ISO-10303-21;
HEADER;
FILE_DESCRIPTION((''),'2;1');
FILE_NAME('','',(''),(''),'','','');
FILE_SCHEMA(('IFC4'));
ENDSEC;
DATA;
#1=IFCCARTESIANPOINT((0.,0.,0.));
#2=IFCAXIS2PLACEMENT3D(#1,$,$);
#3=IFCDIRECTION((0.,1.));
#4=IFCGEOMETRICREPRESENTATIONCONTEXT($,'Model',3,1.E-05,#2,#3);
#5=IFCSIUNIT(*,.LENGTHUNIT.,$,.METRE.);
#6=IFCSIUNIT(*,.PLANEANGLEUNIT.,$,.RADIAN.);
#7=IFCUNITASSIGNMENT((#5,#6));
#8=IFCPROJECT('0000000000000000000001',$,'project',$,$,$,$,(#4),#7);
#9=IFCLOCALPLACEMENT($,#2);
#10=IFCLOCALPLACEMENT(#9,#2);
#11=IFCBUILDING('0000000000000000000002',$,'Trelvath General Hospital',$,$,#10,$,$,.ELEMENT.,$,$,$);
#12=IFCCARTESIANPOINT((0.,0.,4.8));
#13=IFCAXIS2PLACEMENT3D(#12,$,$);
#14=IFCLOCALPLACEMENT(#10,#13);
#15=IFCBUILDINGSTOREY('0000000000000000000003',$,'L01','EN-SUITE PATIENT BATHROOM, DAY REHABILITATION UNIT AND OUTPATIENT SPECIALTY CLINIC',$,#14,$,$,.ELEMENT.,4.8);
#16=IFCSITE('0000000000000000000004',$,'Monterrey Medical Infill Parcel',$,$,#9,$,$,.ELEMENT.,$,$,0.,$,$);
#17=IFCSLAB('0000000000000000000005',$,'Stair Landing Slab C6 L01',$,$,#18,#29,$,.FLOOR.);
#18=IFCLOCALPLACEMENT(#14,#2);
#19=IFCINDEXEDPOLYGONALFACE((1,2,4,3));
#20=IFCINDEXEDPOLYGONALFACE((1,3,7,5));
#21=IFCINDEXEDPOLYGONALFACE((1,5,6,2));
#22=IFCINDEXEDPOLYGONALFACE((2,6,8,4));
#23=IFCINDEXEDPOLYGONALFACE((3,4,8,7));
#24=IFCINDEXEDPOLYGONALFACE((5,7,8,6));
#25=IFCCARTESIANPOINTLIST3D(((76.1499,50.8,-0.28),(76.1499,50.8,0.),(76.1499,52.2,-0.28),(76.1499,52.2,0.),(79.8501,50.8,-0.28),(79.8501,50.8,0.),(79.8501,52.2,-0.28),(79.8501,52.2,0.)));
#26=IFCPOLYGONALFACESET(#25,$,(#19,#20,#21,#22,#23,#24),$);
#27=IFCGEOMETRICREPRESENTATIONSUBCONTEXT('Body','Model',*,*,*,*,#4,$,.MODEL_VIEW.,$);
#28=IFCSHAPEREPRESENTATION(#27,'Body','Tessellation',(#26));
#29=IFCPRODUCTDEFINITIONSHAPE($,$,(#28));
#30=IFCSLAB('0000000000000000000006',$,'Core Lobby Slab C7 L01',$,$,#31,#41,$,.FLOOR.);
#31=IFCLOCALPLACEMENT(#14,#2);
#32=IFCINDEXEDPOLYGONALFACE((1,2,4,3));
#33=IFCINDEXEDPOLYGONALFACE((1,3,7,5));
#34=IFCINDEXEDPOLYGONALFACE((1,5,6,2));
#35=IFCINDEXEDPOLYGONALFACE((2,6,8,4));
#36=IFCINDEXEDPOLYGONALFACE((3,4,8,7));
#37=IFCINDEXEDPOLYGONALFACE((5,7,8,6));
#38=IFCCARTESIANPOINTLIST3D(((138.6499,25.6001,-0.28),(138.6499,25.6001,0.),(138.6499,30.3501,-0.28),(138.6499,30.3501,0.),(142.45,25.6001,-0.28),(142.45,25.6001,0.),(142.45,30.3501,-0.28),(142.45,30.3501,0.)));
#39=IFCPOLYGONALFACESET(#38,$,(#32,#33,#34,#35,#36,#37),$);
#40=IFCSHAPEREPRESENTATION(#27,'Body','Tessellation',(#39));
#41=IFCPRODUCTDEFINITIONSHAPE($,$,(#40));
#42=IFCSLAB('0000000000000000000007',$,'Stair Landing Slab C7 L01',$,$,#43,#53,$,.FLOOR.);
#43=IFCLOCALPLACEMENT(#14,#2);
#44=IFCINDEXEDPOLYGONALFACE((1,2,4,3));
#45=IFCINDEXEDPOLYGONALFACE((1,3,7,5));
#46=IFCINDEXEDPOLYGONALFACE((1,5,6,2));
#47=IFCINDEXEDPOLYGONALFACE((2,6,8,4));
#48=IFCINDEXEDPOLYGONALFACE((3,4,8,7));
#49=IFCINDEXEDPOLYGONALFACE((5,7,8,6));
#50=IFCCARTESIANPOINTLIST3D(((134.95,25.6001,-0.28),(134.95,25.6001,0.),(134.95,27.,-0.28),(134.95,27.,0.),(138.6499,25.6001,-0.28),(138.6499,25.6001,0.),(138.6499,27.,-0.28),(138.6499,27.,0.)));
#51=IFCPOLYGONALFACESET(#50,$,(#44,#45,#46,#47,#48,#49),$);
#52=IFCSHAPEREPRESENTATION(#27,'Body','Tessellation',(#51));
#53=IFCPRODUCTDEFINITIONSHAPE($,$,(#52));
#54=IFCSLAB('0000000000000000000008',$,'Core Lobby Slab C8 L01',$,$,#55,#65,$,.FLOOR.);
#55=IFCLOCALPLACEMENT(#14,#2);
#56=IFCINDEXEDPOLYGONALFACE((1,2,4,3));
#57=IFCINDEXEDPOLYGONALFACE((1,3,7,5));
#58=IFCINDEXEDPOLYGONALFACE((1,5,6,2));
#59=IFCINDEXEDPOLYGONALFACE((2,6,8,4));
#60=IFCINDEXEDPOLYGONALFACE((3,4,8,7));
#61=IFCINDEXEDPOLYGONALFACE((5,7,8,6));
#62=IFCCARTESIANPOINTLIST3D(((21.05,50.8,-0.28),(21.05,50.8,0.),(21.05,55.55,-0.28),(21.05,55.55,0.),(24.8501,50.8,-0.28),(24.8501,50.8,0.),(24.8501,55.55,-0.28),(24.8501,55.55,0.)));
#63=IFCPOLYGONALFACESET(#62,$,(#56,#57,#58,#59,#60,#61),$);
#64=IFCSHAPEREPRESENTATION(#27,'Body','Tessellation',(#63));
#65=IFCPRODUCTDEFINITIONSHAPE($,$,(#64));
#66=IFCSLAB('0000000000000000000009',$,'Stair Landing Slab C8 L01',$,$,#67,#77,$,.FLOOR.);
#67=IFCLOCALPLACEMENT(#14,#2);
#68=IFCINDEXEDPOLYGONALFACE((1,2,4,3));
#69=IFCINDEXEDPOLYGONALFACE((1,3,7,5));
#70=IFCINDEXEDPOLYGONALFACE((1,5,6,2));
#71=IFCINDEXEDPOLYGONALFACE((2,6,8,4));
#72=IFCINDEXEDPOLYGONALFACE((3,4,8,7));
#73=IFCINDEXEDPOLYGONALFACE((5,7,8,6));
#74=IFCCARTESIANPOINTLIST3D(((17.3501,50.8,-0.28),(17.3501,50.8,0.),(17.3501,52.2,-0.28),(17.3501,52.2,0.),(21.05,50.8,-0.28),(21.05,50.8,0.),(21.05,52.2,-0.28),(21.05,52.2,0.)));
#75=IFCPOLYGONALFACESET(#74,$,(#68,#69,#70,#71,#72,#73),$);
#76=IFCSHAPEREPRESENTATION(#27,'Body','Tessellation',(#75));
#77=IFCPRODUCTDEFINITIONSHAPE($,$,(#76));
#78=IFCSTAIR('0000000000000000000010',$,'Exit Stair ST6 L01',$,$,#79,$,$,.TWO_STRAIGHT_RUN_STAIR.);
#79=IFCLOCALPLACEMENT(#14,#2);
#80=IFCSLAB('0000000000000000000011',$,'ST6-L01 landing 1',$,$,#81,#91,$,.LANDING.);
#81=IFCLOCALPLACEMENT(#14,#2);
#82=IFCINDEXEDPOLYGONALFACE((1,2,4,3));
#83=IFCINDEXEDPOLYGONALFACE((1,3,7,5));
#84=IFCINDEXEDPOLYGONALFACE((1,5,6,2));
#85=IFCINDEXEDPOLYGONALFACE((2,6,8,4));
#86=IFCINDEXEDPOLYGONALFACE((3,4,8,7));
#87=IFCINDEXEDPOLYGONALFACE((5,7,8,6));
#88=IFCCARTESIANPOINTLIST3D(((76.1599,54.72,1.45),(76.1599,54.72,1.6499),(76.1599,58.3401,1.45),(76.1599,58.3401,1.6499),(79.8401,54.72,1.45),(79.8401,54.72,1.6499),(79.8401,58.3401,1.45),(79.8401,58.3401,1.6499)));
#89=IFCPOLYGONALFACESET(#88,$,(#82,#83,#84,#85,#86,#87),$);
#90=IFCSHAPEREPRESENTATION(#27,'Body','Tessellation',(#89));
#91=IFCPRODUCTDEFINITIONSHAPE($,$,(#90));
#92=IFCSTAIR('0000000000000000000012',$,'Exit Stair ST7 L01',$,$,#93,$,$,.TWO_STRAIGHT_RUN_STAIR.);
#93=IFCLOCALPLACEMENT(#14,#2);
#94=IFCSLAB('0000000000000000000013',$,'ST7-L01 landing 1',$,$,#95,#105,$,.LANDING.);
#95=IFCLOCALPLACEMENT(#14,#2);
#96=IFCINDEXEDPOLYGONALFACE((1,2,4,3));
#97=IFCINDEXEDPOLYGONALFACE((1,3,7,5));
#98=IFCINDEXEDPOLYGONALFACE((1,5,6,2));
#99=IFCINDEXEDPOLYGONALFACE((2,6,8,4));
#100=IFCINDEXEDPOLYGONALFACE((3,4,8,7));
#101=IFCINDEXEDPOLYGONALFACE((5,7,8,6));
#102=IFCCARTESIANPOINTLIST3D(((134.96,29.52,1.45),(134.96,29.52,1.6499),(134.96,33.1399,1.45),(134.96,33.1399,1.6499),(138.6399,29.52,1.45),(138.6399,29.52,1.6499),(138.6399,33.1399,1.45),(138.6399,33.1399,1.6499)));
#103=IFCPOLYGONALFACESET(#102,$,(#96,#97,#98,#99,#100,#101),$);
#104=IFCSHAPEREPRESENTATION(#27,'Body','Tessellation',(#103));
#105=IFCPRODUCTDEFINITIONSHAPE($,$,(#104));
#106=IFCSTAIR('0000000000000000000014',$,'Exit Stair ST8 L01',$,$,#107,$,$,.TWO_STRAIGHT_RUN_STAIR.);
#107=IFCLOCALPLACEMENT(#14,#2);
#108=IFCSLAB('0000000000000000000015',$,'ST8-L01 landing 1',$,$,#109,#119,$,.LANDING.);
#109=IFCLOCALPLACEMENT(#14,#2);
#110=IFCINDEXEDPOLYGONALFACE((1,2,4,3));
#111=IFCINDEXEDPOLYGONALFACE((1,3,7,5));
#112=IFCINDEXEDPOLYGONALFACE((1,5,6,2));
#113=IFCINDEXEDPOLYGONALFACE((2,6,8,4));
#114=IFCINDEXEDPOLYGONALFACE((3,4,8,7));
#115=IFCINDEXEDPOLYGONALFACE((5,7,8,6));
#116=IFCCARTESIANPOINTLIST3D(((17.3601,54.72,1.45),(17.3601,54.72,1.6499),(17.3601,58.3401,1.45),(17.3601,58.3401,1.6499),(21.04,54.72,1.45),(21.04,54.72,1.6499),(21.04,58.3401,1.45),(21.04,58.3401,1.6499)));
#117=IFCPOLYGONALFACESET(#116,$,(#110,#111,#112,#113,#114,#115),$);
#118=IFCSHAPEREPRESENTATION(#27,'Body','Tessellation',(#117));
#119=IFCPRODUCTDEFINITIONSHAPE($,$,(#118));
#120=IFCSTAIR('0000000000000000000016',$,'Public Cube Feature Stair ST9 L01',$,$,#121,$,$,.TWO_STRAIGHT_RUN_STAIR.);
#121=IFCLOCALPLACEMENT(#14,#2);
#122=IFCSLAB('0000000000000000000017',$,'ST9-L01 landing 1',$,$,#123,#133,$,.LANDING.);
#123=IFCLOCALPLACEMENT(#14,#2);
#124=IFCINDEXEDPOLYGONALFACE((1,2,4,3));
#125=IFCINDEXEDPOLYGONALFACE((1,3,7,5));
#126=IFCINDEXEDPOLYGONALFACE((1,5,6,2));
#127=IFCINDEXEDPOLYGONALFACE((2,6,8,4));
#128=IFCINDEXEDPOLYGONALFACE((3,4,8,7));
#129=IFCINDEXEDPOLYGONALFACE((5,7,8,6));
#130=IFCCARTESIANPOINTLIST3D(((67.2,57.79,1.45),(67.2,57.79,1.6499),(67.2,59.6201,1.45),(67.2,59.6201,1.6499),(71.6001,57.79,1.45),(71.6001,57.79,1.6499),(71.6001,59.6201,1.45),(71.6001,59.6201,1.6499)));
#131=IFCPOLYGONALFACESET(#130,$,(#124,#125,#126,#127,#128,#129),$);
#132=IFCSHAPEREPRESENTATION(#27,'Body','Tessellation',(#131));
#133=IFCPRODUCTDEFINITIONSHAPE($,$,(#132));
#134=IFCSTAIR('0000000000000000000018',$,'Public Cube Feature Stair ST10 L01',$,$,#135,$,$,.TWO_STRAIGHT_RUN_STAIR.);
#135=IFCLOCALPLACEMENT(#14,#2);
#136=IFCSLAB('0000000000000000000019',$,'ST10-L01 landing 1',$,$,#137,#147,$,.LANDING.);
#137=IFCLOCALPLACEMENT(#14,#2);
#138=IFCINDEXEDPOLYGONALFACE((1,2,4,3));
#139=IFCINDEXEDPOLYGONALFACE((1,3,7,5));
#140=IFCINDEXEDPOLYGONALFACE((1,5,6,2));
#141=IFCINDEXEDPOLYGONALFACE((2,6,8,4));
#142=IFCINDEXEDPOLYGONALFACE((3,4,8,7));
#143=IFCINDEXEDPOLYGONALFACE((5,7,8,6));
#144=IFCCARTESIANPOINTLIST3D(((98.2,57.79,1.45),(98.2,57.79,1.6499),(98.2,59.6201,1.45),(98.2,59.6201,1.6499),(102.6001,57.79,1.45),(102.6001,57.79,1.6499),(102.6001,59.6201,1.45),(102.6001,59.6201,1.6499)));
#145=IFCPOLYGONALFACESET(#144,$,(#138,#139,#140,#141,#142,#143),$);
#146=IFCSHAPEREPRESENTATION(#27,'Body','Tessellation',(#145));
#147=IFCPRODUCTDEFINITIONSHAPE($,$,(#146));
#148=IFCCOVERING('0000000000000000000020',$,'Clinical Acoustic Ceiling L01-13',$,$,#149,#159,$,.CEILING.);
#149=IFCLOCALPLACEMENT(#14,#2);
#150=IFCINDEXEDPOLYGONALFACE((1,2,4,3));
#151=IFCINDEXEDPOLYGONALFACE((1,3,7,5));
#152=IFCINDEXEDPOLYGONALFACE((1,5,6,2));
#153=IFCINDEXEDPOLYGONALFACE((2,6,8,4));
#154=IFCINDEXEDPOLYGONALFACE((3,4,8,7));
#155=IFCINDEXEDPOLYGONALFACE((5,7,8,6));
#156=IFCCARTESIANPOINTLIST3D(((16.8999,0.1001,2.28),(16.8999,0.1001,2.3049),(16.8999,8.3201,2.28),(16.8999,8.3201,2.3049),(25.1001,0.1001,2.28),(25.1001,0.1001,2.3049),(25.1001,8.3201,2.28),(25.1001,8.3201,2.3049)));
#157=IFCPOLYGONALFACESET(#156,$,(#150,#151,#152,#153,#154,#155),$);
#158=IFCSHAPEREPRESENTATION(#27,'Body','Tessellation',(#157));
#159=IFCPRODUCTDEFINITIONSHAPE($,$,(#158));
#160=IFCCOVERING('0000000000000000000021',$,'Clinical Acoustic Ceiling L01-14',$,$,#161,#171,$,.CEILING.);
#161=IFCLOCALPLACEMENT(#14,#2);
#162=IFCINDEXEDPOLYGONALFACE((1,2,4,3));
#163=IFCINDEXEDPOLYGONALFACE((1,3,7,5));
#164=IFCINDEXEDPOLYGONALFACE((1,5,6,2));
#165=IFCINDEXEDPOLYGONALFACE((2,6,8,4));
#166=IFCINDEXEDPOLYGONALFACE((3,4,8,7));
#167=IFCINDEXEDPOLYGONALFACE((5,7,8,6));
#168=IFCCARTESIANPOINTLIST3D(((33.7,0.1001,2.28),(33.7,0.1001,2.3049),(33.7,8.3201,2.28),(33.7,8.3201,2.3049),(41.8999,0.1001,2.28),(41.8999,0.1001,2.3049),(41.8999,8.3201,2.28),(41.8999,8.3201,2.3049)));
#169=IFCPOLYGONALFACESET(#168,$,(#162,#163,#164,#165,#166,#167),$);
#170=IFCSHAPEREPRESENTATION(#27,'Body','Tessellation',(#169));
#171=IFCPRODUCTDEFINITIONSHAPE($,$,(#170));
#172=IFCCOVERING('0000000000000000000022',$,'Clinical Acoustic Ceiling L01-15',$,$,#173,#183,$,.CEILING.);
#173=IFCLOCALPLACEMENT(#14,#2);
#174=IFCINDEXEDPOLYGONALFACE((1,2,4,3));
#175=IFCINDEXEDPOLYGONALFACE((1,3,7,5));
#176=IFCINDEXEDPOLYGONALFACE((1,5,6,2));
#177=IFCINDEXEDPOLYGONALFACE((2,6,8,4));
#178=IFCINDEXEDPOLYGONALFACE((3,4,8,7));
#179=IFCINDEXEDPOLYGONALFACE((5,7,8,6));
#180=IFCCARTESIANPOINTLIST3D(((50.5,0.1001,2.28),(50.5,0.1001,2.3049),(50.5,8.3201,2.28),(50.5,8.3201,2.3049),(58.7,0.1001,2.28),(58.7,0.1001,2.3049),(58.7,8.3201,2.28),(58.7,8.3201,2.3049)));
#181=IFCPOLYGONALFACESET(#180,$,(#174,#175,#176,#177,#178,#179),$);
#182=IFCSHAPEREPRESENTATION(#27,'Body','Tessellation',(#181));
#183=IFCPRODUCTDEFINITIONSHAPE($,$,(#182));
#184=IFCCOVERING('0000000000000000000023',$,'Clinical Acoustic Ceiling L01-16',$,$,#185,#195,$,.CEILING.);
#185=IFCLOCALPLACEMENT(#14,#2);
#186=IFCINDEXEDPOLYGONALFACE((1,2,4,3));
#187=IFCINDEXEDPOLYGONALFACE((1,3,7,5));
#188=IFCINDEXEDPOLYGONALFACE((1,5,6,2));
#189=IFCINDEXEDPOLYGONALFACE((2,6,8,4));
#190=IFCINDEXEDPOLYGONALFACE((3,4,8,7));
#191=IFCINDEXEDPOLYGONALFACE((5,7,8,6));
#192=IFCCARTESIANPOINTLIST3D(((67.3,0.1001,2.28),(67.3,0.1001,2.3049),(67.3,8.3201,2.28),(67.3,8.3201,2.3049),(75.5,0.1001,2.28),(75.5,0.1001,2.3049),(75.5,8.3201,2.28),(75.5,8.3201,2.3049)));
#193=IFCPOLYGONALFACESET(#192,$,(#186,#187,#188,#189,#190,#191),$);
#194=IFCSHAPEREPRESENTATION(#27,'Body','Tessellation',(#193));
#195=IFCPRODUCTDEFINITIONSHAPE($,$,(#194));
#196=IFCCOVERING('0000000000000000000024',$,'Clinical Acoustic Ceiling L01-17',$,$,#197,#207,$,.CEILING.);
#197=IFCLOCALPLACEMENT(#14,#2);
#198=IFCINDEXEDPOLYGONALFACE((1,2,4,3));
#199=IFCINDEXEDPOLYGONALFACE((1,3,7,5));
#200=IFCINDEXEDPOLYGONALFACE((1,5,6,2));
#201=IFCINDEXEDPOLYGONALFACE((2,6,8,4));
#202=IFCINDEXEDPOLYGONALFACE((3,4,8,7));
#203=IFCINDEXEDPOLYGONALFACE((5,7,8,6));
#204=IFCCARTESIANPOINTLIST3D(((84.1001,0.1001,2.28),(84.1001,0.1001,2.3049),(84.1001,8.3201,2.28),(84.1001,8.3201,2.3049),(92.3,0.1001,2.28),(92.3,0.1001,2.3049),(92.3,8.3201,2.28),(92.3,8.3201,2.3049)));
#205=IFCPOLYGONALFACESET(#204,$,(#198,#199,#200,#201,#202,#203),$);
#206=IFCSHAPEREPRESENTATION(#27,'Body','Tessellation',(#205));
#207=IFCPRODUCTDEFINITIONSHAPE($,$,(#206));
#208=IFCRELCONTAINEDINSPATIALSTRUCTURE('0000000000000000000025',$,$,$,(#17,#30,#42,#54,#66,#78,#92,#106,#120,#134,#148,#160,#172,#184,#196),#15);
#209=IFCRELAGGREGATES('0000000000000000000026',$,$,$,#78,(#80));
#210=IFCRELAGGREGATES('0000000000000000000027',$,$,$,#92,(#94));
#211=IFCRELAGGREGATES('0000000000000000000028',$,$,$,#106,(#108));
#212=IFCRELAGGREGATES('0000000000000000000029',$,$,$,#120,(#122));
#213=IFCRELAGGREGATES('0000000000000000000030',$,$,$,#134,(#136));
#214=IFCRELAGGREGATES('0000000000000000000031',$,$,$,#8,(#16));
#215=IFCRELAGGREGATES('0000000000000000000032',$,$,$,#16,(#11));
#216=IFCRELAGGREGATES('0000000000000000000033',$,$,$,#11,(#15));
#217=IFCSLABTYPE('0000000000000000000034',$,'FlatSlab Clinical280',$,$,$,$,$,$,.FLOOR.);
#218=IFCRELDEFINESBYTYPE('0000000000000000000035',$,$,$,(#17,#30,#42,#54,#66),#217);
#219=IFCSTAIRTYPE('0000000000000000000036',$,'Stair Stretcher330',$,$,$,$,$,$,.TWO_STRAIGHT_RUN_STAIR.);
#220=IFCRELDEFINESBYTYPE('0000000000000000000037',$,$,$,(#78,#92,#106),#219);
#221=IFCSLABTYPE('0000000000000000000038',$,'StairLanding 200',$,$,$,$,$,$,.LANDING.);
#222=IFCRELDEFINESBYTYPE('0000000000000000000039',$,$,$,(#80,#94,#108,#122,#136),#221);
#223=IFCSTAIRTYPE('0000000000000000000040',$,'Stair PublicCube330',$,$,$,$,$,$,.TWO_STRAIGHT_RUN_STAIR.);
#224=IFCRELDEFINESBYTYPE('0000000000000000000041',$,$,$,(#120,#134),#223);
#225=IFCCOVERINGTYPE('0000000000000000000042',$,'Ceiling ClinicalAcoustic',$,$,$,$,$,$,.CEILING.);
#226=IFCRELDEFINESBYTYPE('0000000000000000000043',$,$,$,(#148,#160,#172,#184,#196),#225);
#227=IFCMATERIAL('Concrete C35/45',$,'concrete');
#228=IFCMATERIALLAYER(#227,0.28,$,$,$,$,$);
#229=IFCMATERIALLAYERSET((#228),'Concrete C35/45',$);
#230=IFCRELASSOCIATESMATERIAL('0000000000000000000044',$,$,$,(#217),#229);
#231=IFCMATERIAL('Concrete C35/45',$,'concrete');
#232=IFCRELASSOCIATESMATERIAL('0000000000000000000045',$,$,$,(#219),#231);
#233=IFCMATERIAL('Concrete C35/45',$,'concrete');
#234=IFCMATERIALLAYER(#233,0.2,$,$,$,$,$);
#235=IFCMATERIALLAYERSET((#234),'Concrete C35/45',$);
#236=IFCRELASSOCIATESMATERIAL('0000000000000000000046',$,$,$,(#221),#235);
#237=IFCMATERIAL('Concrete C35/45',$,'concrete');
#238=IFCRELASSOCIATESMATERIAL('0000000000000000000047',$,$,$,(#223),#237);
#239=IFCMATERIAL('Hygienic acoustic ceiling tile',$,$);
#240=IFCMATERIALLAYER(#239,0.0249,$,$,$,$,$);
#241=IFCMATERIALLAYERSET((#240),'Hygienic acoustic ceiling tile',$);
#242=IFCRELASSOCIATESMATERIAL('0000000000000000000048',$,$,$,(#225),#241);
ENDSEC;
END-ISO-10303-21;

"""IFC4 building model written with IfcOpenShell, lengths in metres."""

from ifc_helpers import new_model, si_unit, direction, frame, origin, place, context, subcontext, project, spatial, polyline, outline, extrude, material, layer, layer_set, type_object, element, aggregate, save


model = new_model("IFC4")

# Units and contexts
model_context = context("Model", 3, precision=1e-05, world=origin(), true_north=direction((0.0, 1.0)))
body_context = subcontext(model_context, "Body", "Model", "MODEL_VIEW")
ifc_project = project(units=[si_unit("LENGTHUNIT", "METRE"), si_unit("PLANEANGLEUNIT", "RADIAN")], contexts=[model_context])

# Site, building, storey
site_placement = place(None, origin())
site = spatial("IfcSite", under=ifc_project, at=site_placement, Name="Monterrey Medical Infill Parcel", CompositionType="ELEMENT", RefElevation=0.0)
building_placement = place(site_placement, origin())
building = spatial("IfcBuilding", under=site, at=building_placement, Name="Trelvath General Hospital", CompositionType="ELEMENT")
storey_placement = place(building_placement, frame((0.0, 0.0, 4.8)))
storey = spatial("IfcBuildingStorey", under=building, at=storey_placement, Name="L01", Description="EN-SUITE PATIENT BATHROOM, DAY REHABILITATION UNIT AND OUTPATIENT SPECIALTY CLINIC", CompositionType="ELEMENT", Elevation=4.8)

# Slabs
ifc_material_1 = material(Name="Concrete C35/45", Category="concrete")
ifc_layer_1 = layer(ifc_material_1, 0.28)
ifc_layer_set_1 = layer_set([ifc_layer_1], Name="Concrete C35/45")
slab_type_1 = type_object("IfcSlabType", Name="FlatSlab Clinical280", PredefinedType="FLOOR", material=ifc_layer_set_1)
slab_1_placement = place(storey_placement, frame((0.0, 0.0, -0.28)))
element("IfcSlab", 1, at=slab_1_placement, inside=storey, type_object=slab_type_1, Name="Stair Landing Slab C6 L01", PredefinedType="FLOOR", context=body_context, shape_type="SweptSolid", body=[
    extrude(outline(polyline([(76.1499, 50.8), (79.8501, 50.8), (79.8501, 52.2), (76.1499, 52.2), (76.1499, 50.8)])), origin(), (0.0, 0.0, 1.0), 0.28),
])
slab_2_placement = place(storey_placement, frame((0.0, 0.0, -0.28)))
element("IfcSlab", 2, at=slab_2_placement, inside=storey, type_object=slab_type_1, Name="Core Lobby Slab C7 L01", PredefinedType="FLOOR", context=body_context, shape_type="SweptSolid", body=[
    extrude(outline(polyline([(138.6499, 25.6001), (142.45, 25.6001), (142.45, 30.3501), (138.6499, 30.3501), (138.6499, 25.6001)])), origin(), (0.0, 0.0, 1.0), 0.28),
])
slab_3_placement = place(storey_placement, frame((0.0, 0.0, -0.28)))
element("IfcSlab", 3, at=slab_3_placement, inside=storey, type_object=slab_type_1, Name="Stair Landing Slab C7 L01", PredefinedType="FLOOR", context=body_context, shape_type="SweptSolid", body=[
    extrude(outline(polyline([(134.95, 25.6001), (138.6499, 25.6001), (138.6499, 27.0), (134.95, 27.0), (134.95, 25.6001)])), origin(), (0.0, 0.0, 1.0), 0.28),
])
slab_4_placement = place(storey_placement, frame((0.0, 0.0, -0.28)))
element("IfcSlab", 4, at=slab_4_placement, inside=storey, type_object=slab_type_1, Name="Core Lobby Slab C8 L01", PredefinedType="FLOOR", context=body_context, shape_type="SweptSolid", body=[
    extrude(outline(polyline([(21.05, 50.8), (24.8501, 50.8), (24.8501, 55.55), (21.05, 55.55), (21.05, 50.8)])), origin(), (0.0, 0.0, 1.0), 0.28),
])
slab_5_placement = place(storey_placement, frame((0.0, 0.0, -0.28)))
element("IfcSlab", 5, at=slab_5_placement, inside=storey, type_object=slab_type_1, Name="Stair Landing Slab C8 L01", PredefinedType="FLOOR", context=body_context, shape_type="SweptSolid", body=[
    extrude(outline(polyline([(17.3501, 50.8), (21.05, 50.8), (21.05, 52.2), (17.3501, 52.2), (17.3501, 50.8)])), origin(), (0.0, 0.0, 1.0), 0.28),
])

# Stairs, slabs
ifc_material_2 = material(Name="Concrete C35/45", Category="concrete")
stair_type_1 = type_object("IfcStairType", Name="Stair Stretcher330", PredefinedType="TWO_STRAIGHT_RUN_STAIR", material=ifc_material_2)
stair_1_placement = place(storey_placement, origin())
stair_1 = element("IfcStair", 6, at=stair_1_placement, inside=storey, type_object=stair_type_1, Name="Exit Stair ST6 L01", PredefinedType="TWO_STRAIGHT_RUN_STAIR")
ifc_material_3 = material(Name="Concrete C35/45", Category="concrete")
ifc_layer_2 = layer(ifc_material_3, 0.2)
ifc_layer_set_2 = layer_set([ifc_layer_2], Name="Concrete C35/45")
slab_type_2 = type_object("IfcSlabType", Name="StairLanding 200", PredefinedType="LANDING", material=ifc_layer_set_2)
slab_6_placement = place(storey_placement, frame((0.0, 0.0, 1.45)))
slab_6 = element("IfcSlab", 7, at=slab_6_placement, type_object=slab_type_2, Name="ST6-L01 landing 1", PredefinedType="LANDING", context=body_context, shape_type="SweptSolid", body=[
    extrude(outline(polyline([(76.1599, 54.72), (79.8401, 54.72), (79.8401, 58.3401), (76.1599, 58.3401), (76.1599, 54.72)])), origin(), (0.0, 0.0, 1.0), 0.2),
])
aggregate(stair_1, [slab_6])
stair_2_placement = place(storey_placement, origin())
stair_2 = element("IfcStair", 8, at=stair_2_placement, inside=storey, type_object=stair_type_1, Name="Exit Stair ST7 L01", PredefinedType="TWO_STRAIGHT_RUN_STAIR")
slab_7_placement = place(storey_placement, frame((0.0, 0.0, 1.45)))
slab_7 = element("IfcSlab", 9, at=slab_7_placement, type_object=slab_type_2, Name="ST7-L01 landing 1", PredefinedType="LANDING", context=body_context, shape_type="SweptSolid", body=[
    extrude(outline(polyline([(134.96, 29.52), (138.6399, 29.52), (138.6399, 33.1399), (134.96, 33.1399), (134.96, 29.52)])), origin(), (0.0, 0.0, 1.0), 0.2),
])
aggregate(stair_2, [slab_7])
stair_3_placement = place(storey_placement, origin())
stair_3 = element("IfcStair", 10, at=stair_3_placement, inside=storey, type_object=stair_type_1, Name="Exit Stair ST8 L01", PredefinedType="TWO_STRAIGHT_RUN_STAIR")
slab_8_placement = place(storey_placement, frame((0.0, 0.0, 1.45)))
slab_8 = element("IfcSlab", 11, at=slab_8_placement, type_object=slab_type_2, Name="ST8-L01 landing 1", PredefinedType="LANDING", context=body_context, shape_type="SweptSolid", body=[
    extrude(outline(polyline([(17.3601, 54.72), (21.04, 54.72), (21.04, 58.3401), (17.3601, 58.3401), (17.3601, 54.72)])), origin(), (0.0, 0.0, 1.0), 0.2),
])
aggregate(stair_3, [slab_8])
ifc_material_4 = material(Name="Concrete C35/45", Category="concrete")
stair_type_2 = type_object("IfcStairType", Name="Stair PublicCube330", PredefinedType="TWO_STRAIGHT_RUN_STAIR", material=ifc_material_4)
stair_4_placement = place(storey_placement, origin())
stair_4 = element("IfcStair", 12, at=stair_4_placement, inside=storey, type_object=stair_type_2, Name="Public Cube Feature Stair ST9 L01", PredefinedType="TWO_STRAIGHT_RUN_STAIR")
slab_9_placement = place(storey_placement, frame((0.0, 0.0, 1.45)))
slab_9 = element("IfcSlab", 13, at=slab_9_placement, type_object=slab_type_2, Name="ST9-L01 landing 1", PredefinedType="LANDING", context=body_context, shape_type="SweptSolid", body=[
    extrude(outline(polyline([(67.2, 57.79), (71.6001, 57.79), (71.6001, 59.6201), (67.2, 59.6201), (67.2, 57.79)])), origin(), (0.0, 0.0, 1.0), 0.2),
])
aggregate(stair_4, [slab_9])
stair_5_placement = place(storey_placement, origin())
stair_5 = element("IfcStair", 14, at=stair_5_placement, inside=storey, type_object=stair_type_2, Name="Public Cube Feature Stair ST10 L01", PredefinedType="TWO_STRAIGHT_RUN_STAIR")
slab_10_placement = place(storey_placement, frame((0.0, 0.0, 1.45)))
slab_10 = element("IfcSlab", 15, at=slab_10_placement, type_object=slab_type_2, Name="ST10-L01 landing 1", PredefinedType="LANDING", context=body_context, shape_type="SweptSolid", body=[
    extrude(outline(polyline([(98.2, 57.79), (102.6001, 57.79), (102.6001, 59.6201), (98.2, 59.6201), (98.2, 57.79)])), origin(), (0.0, 0.0, 1.0), 0.2),
])
aggregate(stair_5, [slab_10])

# Coverings
ifc_material_5 = material(Name="Hygienic acoustic ceiling tile")
ifc_layer_3 = layer(ifc_material_5, 0.0249)
ifc_layer_set_3 = layer_set([ifc_layer_3], Name="Hygienic acoustic ceiling tile")
covering_type = type_object("IfcCoveringType", Name="Ceiling ClinicalAcoustic", PredefinedType="CEILING", material=ifc_layer_set_3)
covering_1_placement = place(storey_placement, frame((0.0, 0.0, 2.28)))
element("IfcCovering", 16, at=covering_1_placement, inside=storey, type_object=covering_type, Name="Clinical Acoustic Ceiling L01-13", PredefinedType="CEILING", context=body_context, shape_type="SweptSolid", body=[
    extrude(outline(polyline([(16.8999, 0.1001), (25.1001, 0.1001), (25.1001, 8.3201), (16.8999, 8.3201), (16.8999, 0.1001)])), origin(), (0.0, 0.0, 1.0), 0.0249),
])
covering_2_placement = place(storey_placement, frame((0.0, 0.0, 2.28)))
element("IfcCovering", 17, at=covering_2_placement, inside=storey, type_object=covering_type, Name="Clinical Acoustic Ceiling L01-14", PredefinedType="CEILING", context=body_context, shape_type="SweptSolid", body=[
    extrude(outline(polyline([(33.7, 0.1001), (41.8999, 0.1001), (41.8999, 8.3201), (33.7, 8.3201), (33.7, 0.1001)])), origin(), (0.0, 0.0, 1.0), 0.0249),
])
covering_3_placement = place(storey_placement, frame((0.0, 0.0, 2.28)))
element("IfcCovering", 18, at=covering_3_placement, inside=storey, type_object=covering_type, Name="Clinical Acoustic Ceiling L01-15", PredefinedType="CEILING", context=body_context, shape_type="SweptSolid", body=[
    extrude(outline(polyline([(50.5, 0.1001), (58.7, 0.1001), (58.7, 8.3201), (50.5, 8.3201), (50.5, 0.1001)])), origin(), (0.0, 0.0, 1.0), 0.0249),
])
covering_4_placement = place(storey_placement, frame((0.0, 0.0, 2.28)))
element("IfcCovering", 19, at=covering_4_placement, inside=storey, type_object=covering_type, Name="Clinical Acoustic Ceiling L01-16", PredefinedType="CEILING", context=body_context, shape_type="SweptSolid", body=[
    extrude(outline(polyline([(67.3, 0.1001), (75.5, 0.1001), (75.5, 8.3201), (67.3, 8.3201), (67.3, 0.1001)])), origin(), (0.0, 0.0, 1.0), 0.0249),
])
covering_5_placement = place(storey_placement, frame((0.0, 0.0, 2.28)))
element("IfcCovering", 20, at=covering_5_placement, inside=storey, type_object=covering_type, Name="Clinical Acoustic Ceiling L01-17", PredefinedType="CEILING", context=body_context, shape_type="SweptSolid", body=[
    extrude(outline(polyline([(84.1001, 0.1001), (92.3, 0.1001), (92.3, 8.3201), (84.1001, 8.3201), (84.1001, 0.1001)])), origin(), (0.0, 0.0, 1.0), 0.0249),
])

save(model, "model.ifc")
